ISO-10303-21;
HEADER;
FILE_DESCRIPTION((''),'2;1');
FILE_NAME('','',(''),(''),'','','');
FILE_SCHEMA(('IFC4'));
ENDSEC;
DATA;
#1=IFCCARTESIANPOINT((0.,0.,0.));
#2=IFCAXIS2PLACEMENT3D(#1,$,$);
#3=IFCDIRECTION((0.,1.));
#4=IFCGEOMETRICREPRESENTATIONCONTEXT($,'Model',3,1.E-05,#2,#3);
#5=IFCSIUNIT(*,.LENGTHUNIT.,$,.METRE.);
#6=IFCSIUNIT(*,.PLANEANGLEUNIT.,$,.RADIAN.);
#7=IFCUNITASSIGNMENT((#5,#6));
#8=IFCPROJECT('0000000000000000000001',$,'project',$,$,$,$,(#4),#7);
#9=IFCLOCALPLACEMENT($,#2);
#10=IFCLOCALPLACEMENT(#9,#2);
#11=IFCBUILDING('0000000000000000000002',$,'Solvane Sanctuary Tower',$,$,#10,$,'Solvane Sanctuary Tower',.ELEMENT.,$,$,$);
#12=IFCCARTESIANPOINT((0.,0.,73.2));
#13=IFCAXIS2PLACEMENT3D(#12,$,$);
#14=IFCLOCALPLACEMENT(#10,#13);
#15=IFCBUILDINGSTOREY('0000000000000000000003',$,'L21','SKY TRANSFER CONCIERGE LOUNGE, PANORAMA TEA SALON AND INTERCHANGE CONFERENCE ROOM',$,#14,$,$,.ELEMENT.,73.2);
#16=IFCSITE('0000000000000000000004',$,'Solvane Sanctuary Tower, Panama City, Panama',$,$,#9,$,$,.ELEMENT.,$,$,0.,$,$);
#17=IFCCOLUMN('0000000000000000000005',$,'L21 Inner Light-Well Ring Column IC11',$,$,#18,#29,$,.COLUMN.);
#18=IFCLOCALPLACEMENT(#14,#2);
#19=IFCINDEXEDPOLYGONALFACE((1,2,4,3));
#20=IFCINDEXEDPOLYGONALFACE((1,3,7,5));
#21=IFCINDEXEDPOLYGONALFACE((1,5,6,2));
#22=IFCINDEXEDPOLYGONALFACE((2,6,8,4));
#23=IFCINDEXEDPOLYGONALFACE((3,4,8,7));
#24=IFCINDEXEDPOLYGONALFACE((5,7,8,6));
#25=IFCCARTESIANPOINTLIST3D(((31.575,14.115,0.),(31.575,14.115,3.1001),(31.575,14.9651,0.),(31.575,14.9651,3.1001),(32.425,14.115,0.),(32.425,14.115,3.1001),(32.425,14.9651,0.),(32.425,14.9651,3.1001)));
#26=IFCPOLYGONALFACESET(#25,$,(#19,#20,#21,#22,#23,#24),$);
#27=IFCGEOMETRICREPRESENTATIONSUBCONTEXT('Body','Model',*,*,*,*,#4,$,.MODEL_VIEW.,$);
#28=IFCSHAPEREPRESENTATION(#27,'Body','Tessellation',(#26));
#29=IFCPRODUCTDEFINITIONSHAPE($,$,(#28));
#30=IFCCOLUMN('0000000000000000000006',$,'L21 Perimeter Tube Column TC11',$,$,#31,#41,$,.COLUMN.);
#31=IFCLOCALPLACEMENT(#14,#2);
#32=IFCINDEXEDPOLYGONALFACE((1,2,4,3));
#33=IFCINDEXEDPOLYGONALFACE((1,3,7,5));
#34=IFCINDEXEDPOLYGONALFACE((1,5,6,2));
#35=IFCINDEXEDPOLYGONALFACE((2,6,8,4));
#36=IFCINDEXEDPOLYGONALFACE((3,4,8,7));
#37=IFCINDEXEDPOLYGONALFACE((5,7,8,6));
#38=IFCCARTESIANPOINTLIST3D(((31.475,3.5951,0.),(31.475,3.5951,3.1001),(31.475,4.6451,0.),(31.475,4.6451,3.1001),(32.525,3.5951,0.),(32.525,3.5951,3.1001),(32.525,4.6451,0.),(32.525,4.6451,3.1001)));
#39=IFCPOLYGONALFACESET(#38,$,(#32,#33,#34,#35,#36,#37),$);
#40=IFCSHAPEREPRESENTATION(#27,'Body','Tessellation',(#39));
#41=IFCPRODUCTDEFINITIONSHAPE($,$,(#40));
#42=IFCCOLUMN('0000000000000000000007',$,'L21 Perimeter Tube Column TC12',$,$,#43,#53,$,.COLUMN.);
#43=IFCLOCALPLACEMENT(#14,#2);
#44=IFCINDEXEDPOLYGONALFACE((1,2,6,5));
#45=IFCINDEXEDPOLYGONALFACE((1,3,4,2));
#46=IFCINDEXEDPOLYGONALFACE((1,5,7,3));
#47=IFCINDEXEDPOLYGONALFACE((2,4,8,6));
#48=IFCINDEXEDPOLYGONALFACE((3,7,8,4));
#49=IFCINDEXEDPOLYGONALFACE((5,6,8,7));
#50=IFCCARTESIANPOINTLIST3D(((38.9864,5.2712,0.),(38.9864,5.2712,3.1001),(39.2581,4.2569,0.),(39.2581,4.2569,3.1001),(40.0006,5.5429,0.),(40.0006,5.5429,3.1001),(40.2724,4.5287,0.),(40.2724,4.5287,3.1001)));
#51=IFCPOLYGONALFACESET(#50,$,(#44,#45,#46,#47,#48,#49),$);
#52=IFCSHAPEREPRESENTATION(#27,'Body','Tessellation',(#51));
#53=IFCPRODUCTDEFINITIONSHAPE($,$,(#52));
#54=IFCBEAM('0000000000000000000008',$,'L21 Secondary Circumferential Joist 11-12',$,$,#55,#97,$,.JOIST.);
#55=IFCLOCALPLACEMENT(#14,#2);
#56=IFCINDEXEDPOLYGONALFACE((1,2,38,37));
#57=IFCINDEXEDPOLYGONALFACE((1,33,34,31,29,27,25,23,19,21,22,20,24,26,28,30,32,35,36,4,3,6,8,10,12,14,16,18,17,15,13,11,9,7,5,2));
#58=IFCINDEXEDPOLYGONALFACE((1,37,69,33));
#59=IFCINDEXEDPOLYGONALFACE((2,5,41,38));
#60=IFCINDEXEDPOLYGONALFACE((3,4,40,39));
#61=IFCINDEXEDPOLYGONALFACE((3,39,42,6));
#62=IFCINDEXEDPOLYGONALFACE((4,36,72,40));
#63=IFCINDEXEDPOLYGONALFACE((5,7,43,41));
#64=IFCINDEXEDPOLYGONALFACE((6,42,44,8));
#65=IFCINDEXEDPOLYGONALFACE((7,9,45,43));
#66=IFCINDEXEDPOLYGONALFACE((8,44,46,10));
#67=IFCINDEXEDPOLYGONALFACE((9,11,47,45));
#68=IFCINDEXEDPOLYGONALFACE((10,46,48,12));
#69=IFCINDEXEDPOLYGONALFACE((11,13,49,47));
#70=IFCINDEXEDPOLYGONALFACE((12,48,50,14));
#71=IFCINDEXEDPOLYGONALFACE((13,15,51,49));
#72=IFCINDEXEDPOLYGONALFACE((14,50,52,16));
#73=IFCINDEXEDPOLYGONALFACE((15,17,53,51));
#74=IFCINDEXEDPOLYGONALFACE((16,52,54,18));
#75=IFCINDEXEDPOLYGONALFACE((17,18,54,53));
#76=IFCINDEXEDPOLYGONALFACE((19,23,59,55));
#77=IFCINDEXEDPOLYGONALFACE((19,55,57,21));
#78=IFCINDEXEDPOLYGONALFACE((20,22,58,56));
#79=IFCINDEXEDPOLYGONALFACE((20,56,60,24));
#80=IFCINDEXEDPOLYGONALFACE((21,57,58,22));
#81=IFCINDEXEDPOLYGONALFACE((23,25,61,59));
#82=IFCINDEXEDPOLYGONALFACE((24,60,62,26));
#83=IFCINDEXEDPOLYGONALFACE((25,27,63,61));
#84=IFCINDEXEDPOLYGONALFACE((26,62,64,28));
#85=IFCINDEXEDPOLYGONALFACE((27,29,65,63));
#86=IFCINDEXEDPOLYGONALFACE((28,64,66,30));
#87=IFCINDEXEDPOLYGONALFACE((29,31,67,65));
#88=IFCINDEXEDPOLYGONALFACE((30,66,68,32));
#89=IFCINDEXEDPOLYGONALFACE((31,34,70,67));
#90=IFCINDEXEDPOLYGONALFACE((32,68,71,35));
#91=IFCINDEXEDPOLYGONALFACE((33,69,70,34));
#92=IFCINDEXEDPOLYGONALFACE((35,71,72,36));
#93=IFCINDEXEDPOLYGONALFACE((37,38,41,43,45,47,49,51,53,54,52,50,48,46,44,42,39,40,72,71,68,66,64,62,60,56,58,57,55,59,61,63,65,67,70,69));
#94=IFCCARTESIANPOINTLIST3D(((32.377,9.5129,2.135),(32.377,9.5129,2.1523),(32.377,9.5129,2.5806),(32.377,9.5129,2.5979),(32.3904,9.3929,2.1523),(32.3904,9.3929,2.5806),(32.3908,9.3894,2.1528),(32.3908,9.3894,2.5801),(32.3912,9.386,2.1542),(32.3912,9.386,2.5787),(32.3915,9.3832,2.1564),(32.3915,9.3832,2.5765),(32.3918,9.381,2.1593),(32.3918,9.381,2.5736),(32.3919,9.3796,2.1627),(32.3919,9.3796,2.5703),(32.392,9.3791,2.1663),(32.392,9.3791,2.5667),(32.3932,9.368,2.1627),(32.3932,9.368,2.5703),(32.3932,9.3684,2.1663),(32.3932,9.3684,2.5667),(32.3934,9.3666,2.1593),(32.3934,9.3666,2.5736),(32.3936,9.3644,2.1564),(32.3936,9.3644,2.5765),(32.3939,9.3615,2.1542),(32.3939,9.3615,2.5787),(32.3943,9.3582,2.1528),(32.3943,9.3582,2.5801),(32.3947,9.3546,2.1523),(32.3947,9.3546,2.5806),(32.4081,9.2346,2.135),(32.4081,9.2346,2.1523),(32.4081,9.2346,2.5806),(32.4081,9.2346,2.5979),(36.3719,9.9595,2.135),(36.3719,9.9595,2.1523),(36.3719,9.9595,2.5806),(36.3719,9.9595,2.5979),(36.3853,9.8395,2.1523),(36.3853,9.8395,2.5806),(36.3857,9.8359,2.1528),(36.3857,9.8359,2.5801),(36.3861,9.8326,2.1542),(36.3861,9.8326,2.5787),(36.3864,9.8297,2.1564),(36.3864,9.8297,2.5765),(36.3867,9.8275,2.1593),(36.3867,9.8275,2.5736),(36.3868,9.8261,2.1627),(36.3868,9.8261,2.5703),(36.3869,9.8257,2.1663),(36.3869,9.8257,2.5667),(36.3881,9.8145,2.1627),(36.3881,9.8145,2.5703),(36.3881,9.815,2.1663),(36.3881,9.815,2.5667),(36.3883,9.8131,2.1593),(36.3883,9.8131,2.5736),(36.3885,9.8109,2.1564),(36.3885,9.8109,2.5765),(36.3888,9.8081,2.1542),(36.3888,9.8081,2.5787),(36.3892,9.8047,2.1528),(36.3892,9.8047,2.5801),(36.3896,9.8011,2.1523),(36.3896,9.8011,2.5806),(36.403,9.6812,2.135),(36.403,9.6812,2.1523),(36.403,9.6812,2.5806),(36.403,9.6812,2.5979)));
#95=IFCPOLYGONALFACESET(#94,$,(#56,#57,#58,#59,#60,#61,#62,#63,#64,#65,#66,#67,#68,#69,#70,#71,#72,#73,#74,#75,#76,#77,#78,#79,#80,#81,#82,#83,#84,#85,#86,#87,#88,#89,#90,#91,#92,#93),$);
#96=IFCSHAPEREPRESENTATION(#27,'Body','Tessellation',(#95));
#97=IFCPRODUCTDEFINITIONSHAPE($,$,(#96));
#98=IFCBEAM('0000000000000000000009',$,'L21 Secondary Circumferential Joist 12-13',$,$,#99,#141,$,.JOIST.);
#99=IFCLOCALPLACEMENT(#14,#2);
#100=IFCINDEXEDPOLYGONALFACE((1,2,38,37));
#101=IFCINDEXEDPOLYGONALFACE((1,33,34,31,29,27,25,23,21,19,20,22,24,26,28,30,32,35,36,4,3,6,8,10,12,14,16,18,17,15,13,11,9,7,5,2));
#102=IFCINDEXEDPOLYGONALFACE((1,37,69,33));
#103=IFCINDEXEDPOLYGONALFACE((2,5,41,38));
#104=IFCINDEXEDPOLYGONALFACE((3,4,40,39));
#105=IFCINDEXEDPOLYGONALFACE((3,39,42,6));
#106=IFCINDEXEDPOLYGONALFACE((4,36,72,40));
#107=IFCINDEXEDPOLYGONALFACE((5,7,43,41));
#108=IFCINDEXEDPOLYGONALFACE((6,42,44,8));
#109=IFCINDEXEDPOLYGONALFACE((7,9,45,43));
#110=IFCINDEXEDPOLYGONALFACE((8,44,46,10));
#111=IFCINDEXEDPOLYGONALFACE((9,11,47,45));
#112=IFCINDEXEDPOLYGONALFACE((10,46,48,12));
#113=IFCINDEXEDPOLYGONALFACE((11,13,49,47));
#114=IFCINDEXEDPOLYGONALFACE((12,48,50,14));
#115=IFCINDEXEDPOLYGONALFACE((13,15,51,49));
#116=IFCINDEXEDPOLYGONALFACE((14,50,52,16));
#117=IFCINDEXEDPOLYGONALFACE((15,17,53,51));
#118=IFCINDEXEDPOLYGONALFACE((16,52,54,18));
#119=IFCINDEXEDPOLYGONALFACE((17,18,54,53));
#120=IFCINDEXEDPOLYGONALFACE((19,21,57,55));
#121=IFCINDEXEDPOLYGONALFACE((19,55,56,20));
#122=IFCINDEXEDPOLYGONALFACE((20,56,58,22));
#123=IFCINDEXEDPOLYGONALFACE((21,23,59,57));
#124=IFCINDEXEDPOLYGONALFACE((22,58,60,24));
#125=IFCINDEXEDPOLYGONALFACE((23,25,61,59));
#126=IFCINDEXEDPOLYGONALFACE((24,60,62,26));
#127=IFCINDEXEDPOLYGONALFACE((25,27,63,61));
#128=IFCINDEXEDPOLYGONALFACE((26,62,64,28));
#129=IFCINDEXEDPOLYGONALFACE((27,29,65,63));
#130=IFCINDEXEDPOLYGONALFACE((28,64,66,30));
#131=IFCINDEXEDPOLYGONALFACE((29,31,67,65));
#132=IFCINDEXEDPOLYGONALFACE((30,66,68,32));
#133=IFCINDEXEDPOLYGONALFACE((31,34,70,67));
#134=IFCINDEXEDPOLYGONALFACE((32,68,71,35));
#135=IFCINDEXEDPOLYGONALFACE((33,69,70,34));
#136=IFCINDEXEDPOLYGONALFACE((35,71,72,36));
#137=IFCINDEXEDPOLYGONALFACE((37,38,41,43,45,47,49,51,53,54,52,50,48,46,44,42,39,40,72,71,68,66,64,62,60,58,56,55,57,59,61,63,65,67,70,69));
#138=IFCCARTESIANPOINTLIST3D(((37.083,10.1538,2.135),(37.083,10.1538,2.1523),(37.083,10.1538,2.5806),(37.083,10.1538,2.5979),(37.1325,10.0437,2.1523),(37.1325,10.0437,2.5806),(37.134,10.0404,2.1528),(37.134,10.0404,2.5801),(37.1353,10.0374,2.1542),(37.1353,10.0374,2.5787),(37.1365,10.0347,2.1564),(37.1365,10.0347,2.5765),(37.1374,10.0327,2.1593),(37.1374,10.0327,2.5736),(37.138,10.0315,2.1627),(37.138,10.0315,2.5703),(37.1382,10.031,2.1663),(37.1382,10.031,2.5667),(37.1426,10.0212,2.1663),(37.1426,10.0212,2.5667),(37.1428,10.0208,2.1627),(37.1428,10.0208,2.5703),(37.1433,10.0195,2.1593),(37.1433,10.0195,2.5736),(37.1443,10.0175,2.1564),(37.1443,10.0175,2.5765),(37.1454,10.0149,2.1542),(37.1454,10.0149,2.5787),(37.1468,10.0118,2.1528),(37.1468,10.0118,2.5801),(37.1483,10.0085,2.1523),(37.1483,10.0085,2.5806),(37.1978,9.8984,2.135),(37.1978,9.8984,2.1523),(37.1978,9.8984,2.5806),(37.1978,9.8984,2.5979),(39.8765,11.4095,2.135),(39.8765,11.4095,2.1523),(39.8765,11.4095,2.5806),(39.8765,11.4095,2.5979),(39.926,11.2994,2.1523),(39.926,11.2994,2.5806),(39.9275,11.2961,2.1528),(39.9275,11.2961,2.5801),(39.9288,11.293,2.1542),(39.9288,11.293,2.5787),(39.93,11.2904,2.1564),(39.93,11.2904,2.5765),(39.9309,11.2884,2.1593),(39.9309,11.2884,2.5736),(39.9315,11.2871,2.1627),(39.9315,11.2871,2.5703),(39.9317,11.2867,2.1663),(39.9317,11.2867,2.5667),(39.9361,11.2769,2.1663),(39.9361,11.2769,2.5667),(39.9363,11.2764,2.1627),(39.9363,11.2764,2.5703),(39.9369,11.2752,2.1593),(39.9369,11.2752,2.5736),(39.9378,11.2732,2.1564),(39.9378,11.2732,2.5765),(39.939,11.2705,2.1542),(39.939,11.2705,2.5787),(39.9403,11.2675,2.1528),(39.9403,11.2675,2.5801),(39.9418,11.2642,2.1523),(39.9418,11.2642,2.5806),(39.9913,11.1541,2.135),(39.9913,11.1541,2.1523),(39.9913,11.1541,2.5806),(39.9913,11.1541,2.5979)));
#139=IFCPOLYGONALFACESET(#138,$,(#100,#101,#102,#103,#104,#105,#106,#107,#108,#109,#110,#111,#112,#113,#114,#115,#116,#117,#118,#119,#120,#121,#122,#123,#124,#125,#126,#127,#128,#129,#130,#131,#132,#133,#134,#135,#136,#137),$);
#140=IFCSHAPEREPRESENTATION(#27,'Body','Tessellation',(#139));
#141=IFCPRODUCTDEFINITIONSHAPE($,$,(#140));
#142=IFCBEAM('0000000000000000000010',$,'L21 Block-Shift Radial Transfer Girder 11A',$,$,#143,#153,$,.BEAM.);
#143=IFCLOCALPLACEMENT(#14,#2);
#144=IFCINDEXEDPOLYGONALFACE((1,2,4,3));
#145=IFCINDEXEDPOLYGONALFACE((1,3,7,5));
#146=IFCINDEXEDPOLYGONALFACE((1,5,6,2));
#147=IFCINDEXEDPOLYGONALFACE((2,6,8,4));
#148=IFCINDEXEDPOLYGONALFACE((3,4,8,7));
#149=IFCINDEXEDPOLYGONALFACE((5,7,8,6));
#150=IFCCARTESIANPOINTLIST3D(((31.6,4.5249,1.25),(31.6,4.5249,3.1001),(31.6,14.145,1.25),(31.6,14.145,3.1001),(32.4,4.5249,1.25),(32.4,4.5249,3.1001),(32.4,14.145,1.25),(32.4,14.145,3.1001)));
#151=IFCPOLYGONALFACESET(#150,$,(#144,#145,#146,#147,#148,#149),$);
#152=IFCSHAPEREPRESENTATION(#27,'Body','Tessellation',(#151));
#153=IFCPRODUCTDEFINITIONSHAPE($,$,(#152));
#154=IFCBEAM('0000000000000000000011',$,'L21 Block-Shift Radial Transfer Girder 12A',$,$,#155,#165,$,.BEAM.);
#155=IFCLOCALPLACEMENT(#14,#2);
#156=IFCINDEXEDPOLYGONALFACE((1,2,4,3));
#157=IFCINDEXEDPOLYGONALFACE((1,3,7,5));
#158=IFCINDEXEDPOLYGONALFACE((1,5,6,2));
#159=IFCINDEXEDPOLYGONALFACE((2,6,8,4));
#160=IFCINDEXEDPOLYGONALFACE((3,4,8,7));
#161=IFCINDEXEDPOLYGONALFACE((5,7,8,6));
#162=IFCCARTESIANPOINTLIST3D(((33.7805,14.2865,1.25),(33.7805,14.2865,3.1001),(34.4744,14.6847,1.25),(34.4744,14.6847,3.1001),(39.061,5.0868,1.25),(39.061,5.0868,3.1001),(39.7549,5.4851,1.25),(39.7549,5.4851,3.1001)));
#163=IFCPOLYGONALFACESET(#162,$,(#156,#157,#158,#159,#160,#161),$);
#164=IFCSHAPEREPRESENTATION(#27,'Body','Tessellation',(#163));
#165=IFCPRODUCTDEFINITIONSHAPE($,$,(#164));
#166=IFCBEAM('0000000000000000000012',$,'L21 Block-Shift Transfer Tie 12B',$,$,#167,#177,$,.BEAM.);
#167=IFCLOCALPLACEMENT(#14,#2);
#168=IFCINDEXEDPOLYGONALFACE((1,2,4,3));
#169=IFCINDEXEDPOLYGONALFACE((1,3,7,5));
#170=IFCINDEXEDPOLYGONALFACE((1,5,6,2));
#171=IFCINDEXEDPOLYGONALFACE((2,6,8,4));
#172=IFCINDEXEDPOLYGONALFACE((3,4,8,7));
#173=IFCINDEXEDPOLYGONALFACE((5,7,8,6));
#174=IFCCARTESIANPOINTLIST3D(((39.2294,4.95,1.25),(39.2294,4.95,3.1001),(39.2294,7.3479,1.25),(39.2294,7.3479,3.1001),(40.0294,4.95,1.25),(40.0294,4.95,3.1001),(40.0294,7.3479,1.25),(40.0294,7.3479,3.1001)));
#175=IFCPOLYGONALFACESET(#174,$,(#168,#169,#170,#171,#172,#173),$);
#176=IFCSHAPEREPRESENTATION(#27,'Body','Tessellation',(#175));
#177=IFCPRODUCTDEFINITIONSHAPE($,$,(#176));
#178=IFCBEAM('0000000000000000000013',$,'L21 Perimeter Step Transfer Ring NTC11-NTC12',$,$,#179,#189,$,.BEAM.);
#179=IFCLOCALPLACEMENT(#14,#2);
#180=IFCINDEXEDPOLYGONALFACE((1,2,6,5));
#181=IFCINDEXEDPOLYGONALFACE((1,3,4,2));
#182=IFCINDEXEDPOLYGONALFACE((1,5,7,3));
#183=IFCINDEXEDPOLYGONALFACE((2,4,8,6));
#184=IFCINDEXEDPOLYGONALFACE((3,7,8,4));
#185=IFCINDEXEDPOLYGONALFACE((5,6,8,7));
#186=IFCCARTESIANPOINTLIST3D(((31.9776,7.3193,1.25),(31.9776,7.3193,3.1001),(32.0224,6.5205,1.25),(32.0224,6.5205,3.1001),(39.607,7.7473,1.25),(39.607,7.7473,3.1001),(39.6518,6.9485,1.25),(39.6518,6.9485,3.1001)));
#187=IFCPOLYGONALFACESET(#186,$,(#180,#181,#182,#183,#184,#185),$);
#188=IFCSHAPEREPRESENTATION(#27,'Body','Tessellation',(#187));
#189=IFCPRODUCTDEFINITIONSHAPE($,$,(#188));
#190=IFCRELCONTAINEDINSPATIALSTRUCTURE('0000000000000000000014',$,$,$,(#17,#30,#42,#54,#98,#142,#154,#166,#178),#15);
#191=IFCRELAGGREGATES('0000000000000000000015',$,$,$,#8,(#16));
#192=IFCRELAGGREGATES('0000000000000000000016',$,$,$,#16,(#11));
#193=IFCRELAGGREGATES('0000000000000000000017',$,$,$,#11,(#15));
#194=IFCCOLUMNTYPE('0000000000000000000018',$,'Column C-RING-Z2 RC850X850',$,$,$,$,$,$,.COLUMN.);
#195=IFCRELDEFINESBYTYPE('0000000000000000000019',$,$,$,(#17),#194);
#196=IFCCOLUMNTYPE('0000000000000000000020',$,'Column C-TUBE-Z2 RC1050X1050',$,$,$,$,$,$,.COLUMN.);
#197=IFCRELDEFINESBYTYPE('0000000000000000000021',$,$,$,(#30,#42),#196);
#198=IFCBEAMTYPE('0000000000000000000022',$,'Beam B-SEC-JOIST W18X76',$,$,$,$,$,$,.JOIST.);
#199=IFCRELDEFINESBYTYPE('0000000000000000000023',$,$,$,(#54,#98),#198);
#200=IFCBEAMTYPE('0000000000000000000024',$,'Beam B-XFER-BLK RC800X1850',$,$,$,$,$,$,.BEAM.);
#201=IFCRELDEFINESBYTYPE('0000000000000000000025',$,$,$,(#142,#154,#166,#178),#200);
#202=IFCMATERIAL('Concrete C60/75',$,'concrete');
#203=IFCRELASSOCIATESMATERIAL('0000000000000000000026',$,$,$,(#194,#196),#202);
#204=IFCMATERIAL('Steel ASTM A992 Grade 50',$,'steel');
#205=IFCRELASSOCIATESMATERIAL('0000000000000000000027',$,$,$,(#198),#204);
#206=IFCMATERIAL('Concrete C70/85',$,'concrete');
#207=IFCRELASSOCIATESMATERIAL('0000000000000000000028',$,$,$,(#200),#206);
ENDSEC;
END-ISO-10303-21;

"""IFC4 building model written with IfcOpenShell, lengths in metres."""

from ifc_helpers import new_model, si_unit, direction, frame, origin, origin_2d, place, context, subcontext, project, spatial, rectangle, i_section, extrude, material, material_profile, profile_set, type_object, element, save


model = new_model("IFC4")

# Units and contexts
model_context = context("Model", 3, precision=1e-05, world=origin(), true_north=direction((0.0, 1.0)))
body_context = subcontext(model_context, "Body", "Model", "MODEL_VIEW")
ifc_project = project(units=[si_unit("LENGTHUNIT", "METRE"), si_unit("PLANEANGLEUNIT", "RADIAN")], contexts=[model_context])

# Site, building, storey
site_placement = place(None, origin())
site = spatial("IfcSite", under=ifc_project, at=site_placement, Name="Solvane Sanctuary Tower, Panama City, Panama", CompositionType="ELEMENT", RefElevation=0.0)
building_placement = place(site_placement, origin())
building = spatial("IfcBuilding", under=site, at=building_placement, Name="Solvane Sanctuary Tower", LongName="Solvane Sanctuary Tower", CompositionType="ELEMENT")
storey_placement = place(building_placement, frame((0.0, 0.0, 73.2)))
storey = spatial("IfcBuildingStorey", under=building, at=storey_placement, Name="L21", Description="SKY TRANSFER CONCIERGE LOUNGE, PANORAMA TEA SALON AND INTERCHANGE CONFERENCE ROOM", CompositionType="ELEMENT", Elevation=73.2)

# Columns
ifc_material_1 = material(Name="Concrete C60/75", Category="concrete")
ifc_material_profile_1 = material_profile(ifc_material_1, rectangle(XDim=0.8501, YDim=0.8501, at=origin_2d()), Name="RC850X850")
ifc_profile_set_1 = profile_set([ifc_material_profile_1], Name="Concrete C60/75")
column_type_1 = type_object("IfcColumnType", Name="Column C-RING-Z2 RC850X850", PredefinedType="COLUMN", material=ifc_profile_set_1)
column_placement = place(storey_placement, frame((32.0, 14.54, 0.0), z_axis=(0.0, 0.0, 1.0), x_axis=(1.0, 0.0, 0.0)))
element("IfcColumn", 1, at=column_placement, inside=storey, type_object=column_type_1, Name="L21 Inner Light-Well Ring Column IC11", PredefinedType="COLUMN", context=body_context, shape_type="SweptSolid", body=[
    extrude(rectangle(XDim=0.8501, YDim=0.8501, at=origin_2d()), origin(), (0.0, 0.0, 1.0), 3.1001),
])
ifc_material_profile_2 = material_profile(ifc_material_1, rectangle(XDim=1.05, YDim=1.05, at=origin_2d()), Name="RC1050X1050")
ifc_profile_set_2 = profile_set([ifc_material_profile_2], Name="Concrete C60/75")
column_type_2 = type_object("IfcColumnType", Name="Column C-TUBE-Z2 RC1050X1050", PredefinedType="COLUMN", material=ifc_profile_set_2)
for number, where, z_axis, x_axis, name in (
    (2, (32.0, 4.1201, 0.0), (0.0, 0.0, 1.0), (0.0, -1.0, 0.0), "L21 Perimeter Tube Column TC11"),
    (3, (39.6294, 4.8999, 0.0), (0.0, 0.0, 1.0), (0.258819, -0.965926, 0.0), "L21 Perimeter Tube Column TC12"),
):
    element("IfcColumn", number, at=place(storey_placement, frame(where, z_axis=z_axis, x_axis=x_axis)), inside=storey, type_object=column_type_2, Name=name, PredefinedType="COLUMN", context=body_context, shape_type="SweptSolid", body=[
        extrude(rectangle(XDim=1.05, YDim=1.05, at=origin_2d()), origin(), (0.0, 0.0, 1.0), 3.1001),
    ])

# Beams
ifc_material_2 = material(Name="Steel ASTM A992 Grade 50", Category="steel")
ifc_material_profile_3 = material_profile(ifc_material_2, i_section(OverallWidth=0.28, OverallDepth=0.4629, WebThickness=0.0107, FlangeThickness=0.0173, FilletRadius=0.0139, at=origin_2d()), Name="W18X76")
ifc_profile_set_3 = profile_set([ifc_material_profile_3], Name="Steel ASTM A992 Grade 50")
beam_type_1 = type_object("IfcBeamType", Name="Beam B-SEC-JOIST W18X76", PredefinedType="JOIST", material=ifc_profile_set_3)
beam_1_placement = place(storey_placement, frame((32.3926, 9.3738, 2.3665), z_axis=(0.993811, 0.111085, 0.0), x_axis=(-0.111085, 0.993811, 0.0)))
element("IfcBeam", 4, at=beam_1_placement, inside=storey, type_object=beam_type_1, Name="L21 Secondary Circumferential Joist 11-12", PredefinedType="JOIST", context=body_context, shape_type="SweptSolid", body=[
    extrude(i_section(OverallWidth=0.28, OverallDepth=0.4629, WebThickness=0.0107, FlangeThickness=0.0173, FilletRadius=0.0139, at=origin_2d()), origin(), (0.0, 0.0, 1.0), 4.0198),
])
beam_2_placement = place(storey_placement, frame((37.1404, 10.0261, 2.3665), z_axis=(0.912097, 0.409974, 0.0), x_axis=(-0.409974, 0.912097, 0.0)))
element("IfcBeam", 5, at=beam_2_placement, inside=storey, type_object=beam_type_1, Name="L21 Secondary Circumferential Joist 12-13", PredefinedType="JOIST", context=body_context, shape_type="SweptSolid", body=[
    extrude(i_section(OverallWidth=0.28, OverallDepth=0.4629, WebThickness=0.0107, FlangeThickness=0.0173, FilletRadius=0.0139, at=origin_2d()), origin(), (0.0, 0.0, 1.0), 3.0627),
])
ifc_material_3 = material(Name="Concrete C70/85", Category="concrete")
ifc_material_profile_4 = material_profile(ifc_material_3, rectangle(XDim=0.8, YDim=1.8501, at=origin_2d()), Name="RC800X1850")
ifc_profile_set_4 = profile_set([ifc_material_profile_4], Name="Concrete C70/85")
beam_type_2 = type_object("IfcBeamType", Name="Beam B-XFER-BLK RC800X1850", PredefinedType="BEAM", material=ifc_profile_set_4)
beam_3_placement = place(storey_placement, frame((32.0, 14.145, 2.175), z_axis=(0.0, -1.0, 0.0), x_axis=(1.0, 0.0, 0.0)))
element("IfcBeam", 6, at=beam_3_placement, inside=storey, type_object=beam_type_2, Name="L21 Block-Shift Radial Transfer Girder 11A", PredefinedType="BEAM", context=body_context, shape_type="SweptSolid", body=[
    extrude(rectangle(XDim=0.8, YDim=1.8501, at=origin_2d()), origin(), (0.0, 0.0, 1.0), 9.6201),
])
beam_4_placement = place(storey_placement, frame((34.1274, 14.4856, 2.175), z_axis=(0.497811, -0.867285, 0.0), x_axis=(0.867285, 0.497811, 0.0)))
element("IfcBeam", 7, at=beam_4_placement, inside=storey, type_object=beam_type_2, Name="L21 Block-Shift Radial Transfer Girder 12A", PredefinedType="BEAM", context=body_context, shape_type="SweptSolid", body=[
    extrude(rectangle(XDim=0.8, YDim=1.8501, at=origin_2d()), origin(), (0.0, 0.0, 1.0), 10.6074),
])
beam_5_placement = place(storey_placement, frame((39.6294, 4.95, 2.175), z_axis=(0.0, 1.0, 0.0), x_axis=(-1.0, 0.0, 0.0)))
element("IfcBeam", 8, at=beam_5_placement, inside=storey, type_object=beam_type_2, Name="L21 Block-Shift Transfer Tie 12B", PredefinedType="BEAM", context=body_context, shape_type="SweptSolid", body=[
    extrude(rectangle(XDim=0.8, YDim=1.8501, at=origin_2d()), origin(), (0.0, 0.0, 1.0), 2.3979),
])
beam_6_placement = place(storey_placement, frame((32.0, 6.9199, 2.175), z_axis=(0.99843, 0.056008, 0.0), x_axis=(-0.056008, 0.99843, 0.0)))
element("IfcBeam", 9, at=beam_6_placement, inside=storey, type_object=beam_type_2, Name="L21 Perimeter Step Transfer Ring NTC11-NTC12", PredefinedType="BEAM", context=body_context, shape_type="SweptSolid", body=[
    extrude(rectangle(XDim=0.8, YDim=1.8501, at=origin_2d()), origin(), (0.0, 0.0, 1.0), 7.6414),
])

save(model, "model.ifc")
